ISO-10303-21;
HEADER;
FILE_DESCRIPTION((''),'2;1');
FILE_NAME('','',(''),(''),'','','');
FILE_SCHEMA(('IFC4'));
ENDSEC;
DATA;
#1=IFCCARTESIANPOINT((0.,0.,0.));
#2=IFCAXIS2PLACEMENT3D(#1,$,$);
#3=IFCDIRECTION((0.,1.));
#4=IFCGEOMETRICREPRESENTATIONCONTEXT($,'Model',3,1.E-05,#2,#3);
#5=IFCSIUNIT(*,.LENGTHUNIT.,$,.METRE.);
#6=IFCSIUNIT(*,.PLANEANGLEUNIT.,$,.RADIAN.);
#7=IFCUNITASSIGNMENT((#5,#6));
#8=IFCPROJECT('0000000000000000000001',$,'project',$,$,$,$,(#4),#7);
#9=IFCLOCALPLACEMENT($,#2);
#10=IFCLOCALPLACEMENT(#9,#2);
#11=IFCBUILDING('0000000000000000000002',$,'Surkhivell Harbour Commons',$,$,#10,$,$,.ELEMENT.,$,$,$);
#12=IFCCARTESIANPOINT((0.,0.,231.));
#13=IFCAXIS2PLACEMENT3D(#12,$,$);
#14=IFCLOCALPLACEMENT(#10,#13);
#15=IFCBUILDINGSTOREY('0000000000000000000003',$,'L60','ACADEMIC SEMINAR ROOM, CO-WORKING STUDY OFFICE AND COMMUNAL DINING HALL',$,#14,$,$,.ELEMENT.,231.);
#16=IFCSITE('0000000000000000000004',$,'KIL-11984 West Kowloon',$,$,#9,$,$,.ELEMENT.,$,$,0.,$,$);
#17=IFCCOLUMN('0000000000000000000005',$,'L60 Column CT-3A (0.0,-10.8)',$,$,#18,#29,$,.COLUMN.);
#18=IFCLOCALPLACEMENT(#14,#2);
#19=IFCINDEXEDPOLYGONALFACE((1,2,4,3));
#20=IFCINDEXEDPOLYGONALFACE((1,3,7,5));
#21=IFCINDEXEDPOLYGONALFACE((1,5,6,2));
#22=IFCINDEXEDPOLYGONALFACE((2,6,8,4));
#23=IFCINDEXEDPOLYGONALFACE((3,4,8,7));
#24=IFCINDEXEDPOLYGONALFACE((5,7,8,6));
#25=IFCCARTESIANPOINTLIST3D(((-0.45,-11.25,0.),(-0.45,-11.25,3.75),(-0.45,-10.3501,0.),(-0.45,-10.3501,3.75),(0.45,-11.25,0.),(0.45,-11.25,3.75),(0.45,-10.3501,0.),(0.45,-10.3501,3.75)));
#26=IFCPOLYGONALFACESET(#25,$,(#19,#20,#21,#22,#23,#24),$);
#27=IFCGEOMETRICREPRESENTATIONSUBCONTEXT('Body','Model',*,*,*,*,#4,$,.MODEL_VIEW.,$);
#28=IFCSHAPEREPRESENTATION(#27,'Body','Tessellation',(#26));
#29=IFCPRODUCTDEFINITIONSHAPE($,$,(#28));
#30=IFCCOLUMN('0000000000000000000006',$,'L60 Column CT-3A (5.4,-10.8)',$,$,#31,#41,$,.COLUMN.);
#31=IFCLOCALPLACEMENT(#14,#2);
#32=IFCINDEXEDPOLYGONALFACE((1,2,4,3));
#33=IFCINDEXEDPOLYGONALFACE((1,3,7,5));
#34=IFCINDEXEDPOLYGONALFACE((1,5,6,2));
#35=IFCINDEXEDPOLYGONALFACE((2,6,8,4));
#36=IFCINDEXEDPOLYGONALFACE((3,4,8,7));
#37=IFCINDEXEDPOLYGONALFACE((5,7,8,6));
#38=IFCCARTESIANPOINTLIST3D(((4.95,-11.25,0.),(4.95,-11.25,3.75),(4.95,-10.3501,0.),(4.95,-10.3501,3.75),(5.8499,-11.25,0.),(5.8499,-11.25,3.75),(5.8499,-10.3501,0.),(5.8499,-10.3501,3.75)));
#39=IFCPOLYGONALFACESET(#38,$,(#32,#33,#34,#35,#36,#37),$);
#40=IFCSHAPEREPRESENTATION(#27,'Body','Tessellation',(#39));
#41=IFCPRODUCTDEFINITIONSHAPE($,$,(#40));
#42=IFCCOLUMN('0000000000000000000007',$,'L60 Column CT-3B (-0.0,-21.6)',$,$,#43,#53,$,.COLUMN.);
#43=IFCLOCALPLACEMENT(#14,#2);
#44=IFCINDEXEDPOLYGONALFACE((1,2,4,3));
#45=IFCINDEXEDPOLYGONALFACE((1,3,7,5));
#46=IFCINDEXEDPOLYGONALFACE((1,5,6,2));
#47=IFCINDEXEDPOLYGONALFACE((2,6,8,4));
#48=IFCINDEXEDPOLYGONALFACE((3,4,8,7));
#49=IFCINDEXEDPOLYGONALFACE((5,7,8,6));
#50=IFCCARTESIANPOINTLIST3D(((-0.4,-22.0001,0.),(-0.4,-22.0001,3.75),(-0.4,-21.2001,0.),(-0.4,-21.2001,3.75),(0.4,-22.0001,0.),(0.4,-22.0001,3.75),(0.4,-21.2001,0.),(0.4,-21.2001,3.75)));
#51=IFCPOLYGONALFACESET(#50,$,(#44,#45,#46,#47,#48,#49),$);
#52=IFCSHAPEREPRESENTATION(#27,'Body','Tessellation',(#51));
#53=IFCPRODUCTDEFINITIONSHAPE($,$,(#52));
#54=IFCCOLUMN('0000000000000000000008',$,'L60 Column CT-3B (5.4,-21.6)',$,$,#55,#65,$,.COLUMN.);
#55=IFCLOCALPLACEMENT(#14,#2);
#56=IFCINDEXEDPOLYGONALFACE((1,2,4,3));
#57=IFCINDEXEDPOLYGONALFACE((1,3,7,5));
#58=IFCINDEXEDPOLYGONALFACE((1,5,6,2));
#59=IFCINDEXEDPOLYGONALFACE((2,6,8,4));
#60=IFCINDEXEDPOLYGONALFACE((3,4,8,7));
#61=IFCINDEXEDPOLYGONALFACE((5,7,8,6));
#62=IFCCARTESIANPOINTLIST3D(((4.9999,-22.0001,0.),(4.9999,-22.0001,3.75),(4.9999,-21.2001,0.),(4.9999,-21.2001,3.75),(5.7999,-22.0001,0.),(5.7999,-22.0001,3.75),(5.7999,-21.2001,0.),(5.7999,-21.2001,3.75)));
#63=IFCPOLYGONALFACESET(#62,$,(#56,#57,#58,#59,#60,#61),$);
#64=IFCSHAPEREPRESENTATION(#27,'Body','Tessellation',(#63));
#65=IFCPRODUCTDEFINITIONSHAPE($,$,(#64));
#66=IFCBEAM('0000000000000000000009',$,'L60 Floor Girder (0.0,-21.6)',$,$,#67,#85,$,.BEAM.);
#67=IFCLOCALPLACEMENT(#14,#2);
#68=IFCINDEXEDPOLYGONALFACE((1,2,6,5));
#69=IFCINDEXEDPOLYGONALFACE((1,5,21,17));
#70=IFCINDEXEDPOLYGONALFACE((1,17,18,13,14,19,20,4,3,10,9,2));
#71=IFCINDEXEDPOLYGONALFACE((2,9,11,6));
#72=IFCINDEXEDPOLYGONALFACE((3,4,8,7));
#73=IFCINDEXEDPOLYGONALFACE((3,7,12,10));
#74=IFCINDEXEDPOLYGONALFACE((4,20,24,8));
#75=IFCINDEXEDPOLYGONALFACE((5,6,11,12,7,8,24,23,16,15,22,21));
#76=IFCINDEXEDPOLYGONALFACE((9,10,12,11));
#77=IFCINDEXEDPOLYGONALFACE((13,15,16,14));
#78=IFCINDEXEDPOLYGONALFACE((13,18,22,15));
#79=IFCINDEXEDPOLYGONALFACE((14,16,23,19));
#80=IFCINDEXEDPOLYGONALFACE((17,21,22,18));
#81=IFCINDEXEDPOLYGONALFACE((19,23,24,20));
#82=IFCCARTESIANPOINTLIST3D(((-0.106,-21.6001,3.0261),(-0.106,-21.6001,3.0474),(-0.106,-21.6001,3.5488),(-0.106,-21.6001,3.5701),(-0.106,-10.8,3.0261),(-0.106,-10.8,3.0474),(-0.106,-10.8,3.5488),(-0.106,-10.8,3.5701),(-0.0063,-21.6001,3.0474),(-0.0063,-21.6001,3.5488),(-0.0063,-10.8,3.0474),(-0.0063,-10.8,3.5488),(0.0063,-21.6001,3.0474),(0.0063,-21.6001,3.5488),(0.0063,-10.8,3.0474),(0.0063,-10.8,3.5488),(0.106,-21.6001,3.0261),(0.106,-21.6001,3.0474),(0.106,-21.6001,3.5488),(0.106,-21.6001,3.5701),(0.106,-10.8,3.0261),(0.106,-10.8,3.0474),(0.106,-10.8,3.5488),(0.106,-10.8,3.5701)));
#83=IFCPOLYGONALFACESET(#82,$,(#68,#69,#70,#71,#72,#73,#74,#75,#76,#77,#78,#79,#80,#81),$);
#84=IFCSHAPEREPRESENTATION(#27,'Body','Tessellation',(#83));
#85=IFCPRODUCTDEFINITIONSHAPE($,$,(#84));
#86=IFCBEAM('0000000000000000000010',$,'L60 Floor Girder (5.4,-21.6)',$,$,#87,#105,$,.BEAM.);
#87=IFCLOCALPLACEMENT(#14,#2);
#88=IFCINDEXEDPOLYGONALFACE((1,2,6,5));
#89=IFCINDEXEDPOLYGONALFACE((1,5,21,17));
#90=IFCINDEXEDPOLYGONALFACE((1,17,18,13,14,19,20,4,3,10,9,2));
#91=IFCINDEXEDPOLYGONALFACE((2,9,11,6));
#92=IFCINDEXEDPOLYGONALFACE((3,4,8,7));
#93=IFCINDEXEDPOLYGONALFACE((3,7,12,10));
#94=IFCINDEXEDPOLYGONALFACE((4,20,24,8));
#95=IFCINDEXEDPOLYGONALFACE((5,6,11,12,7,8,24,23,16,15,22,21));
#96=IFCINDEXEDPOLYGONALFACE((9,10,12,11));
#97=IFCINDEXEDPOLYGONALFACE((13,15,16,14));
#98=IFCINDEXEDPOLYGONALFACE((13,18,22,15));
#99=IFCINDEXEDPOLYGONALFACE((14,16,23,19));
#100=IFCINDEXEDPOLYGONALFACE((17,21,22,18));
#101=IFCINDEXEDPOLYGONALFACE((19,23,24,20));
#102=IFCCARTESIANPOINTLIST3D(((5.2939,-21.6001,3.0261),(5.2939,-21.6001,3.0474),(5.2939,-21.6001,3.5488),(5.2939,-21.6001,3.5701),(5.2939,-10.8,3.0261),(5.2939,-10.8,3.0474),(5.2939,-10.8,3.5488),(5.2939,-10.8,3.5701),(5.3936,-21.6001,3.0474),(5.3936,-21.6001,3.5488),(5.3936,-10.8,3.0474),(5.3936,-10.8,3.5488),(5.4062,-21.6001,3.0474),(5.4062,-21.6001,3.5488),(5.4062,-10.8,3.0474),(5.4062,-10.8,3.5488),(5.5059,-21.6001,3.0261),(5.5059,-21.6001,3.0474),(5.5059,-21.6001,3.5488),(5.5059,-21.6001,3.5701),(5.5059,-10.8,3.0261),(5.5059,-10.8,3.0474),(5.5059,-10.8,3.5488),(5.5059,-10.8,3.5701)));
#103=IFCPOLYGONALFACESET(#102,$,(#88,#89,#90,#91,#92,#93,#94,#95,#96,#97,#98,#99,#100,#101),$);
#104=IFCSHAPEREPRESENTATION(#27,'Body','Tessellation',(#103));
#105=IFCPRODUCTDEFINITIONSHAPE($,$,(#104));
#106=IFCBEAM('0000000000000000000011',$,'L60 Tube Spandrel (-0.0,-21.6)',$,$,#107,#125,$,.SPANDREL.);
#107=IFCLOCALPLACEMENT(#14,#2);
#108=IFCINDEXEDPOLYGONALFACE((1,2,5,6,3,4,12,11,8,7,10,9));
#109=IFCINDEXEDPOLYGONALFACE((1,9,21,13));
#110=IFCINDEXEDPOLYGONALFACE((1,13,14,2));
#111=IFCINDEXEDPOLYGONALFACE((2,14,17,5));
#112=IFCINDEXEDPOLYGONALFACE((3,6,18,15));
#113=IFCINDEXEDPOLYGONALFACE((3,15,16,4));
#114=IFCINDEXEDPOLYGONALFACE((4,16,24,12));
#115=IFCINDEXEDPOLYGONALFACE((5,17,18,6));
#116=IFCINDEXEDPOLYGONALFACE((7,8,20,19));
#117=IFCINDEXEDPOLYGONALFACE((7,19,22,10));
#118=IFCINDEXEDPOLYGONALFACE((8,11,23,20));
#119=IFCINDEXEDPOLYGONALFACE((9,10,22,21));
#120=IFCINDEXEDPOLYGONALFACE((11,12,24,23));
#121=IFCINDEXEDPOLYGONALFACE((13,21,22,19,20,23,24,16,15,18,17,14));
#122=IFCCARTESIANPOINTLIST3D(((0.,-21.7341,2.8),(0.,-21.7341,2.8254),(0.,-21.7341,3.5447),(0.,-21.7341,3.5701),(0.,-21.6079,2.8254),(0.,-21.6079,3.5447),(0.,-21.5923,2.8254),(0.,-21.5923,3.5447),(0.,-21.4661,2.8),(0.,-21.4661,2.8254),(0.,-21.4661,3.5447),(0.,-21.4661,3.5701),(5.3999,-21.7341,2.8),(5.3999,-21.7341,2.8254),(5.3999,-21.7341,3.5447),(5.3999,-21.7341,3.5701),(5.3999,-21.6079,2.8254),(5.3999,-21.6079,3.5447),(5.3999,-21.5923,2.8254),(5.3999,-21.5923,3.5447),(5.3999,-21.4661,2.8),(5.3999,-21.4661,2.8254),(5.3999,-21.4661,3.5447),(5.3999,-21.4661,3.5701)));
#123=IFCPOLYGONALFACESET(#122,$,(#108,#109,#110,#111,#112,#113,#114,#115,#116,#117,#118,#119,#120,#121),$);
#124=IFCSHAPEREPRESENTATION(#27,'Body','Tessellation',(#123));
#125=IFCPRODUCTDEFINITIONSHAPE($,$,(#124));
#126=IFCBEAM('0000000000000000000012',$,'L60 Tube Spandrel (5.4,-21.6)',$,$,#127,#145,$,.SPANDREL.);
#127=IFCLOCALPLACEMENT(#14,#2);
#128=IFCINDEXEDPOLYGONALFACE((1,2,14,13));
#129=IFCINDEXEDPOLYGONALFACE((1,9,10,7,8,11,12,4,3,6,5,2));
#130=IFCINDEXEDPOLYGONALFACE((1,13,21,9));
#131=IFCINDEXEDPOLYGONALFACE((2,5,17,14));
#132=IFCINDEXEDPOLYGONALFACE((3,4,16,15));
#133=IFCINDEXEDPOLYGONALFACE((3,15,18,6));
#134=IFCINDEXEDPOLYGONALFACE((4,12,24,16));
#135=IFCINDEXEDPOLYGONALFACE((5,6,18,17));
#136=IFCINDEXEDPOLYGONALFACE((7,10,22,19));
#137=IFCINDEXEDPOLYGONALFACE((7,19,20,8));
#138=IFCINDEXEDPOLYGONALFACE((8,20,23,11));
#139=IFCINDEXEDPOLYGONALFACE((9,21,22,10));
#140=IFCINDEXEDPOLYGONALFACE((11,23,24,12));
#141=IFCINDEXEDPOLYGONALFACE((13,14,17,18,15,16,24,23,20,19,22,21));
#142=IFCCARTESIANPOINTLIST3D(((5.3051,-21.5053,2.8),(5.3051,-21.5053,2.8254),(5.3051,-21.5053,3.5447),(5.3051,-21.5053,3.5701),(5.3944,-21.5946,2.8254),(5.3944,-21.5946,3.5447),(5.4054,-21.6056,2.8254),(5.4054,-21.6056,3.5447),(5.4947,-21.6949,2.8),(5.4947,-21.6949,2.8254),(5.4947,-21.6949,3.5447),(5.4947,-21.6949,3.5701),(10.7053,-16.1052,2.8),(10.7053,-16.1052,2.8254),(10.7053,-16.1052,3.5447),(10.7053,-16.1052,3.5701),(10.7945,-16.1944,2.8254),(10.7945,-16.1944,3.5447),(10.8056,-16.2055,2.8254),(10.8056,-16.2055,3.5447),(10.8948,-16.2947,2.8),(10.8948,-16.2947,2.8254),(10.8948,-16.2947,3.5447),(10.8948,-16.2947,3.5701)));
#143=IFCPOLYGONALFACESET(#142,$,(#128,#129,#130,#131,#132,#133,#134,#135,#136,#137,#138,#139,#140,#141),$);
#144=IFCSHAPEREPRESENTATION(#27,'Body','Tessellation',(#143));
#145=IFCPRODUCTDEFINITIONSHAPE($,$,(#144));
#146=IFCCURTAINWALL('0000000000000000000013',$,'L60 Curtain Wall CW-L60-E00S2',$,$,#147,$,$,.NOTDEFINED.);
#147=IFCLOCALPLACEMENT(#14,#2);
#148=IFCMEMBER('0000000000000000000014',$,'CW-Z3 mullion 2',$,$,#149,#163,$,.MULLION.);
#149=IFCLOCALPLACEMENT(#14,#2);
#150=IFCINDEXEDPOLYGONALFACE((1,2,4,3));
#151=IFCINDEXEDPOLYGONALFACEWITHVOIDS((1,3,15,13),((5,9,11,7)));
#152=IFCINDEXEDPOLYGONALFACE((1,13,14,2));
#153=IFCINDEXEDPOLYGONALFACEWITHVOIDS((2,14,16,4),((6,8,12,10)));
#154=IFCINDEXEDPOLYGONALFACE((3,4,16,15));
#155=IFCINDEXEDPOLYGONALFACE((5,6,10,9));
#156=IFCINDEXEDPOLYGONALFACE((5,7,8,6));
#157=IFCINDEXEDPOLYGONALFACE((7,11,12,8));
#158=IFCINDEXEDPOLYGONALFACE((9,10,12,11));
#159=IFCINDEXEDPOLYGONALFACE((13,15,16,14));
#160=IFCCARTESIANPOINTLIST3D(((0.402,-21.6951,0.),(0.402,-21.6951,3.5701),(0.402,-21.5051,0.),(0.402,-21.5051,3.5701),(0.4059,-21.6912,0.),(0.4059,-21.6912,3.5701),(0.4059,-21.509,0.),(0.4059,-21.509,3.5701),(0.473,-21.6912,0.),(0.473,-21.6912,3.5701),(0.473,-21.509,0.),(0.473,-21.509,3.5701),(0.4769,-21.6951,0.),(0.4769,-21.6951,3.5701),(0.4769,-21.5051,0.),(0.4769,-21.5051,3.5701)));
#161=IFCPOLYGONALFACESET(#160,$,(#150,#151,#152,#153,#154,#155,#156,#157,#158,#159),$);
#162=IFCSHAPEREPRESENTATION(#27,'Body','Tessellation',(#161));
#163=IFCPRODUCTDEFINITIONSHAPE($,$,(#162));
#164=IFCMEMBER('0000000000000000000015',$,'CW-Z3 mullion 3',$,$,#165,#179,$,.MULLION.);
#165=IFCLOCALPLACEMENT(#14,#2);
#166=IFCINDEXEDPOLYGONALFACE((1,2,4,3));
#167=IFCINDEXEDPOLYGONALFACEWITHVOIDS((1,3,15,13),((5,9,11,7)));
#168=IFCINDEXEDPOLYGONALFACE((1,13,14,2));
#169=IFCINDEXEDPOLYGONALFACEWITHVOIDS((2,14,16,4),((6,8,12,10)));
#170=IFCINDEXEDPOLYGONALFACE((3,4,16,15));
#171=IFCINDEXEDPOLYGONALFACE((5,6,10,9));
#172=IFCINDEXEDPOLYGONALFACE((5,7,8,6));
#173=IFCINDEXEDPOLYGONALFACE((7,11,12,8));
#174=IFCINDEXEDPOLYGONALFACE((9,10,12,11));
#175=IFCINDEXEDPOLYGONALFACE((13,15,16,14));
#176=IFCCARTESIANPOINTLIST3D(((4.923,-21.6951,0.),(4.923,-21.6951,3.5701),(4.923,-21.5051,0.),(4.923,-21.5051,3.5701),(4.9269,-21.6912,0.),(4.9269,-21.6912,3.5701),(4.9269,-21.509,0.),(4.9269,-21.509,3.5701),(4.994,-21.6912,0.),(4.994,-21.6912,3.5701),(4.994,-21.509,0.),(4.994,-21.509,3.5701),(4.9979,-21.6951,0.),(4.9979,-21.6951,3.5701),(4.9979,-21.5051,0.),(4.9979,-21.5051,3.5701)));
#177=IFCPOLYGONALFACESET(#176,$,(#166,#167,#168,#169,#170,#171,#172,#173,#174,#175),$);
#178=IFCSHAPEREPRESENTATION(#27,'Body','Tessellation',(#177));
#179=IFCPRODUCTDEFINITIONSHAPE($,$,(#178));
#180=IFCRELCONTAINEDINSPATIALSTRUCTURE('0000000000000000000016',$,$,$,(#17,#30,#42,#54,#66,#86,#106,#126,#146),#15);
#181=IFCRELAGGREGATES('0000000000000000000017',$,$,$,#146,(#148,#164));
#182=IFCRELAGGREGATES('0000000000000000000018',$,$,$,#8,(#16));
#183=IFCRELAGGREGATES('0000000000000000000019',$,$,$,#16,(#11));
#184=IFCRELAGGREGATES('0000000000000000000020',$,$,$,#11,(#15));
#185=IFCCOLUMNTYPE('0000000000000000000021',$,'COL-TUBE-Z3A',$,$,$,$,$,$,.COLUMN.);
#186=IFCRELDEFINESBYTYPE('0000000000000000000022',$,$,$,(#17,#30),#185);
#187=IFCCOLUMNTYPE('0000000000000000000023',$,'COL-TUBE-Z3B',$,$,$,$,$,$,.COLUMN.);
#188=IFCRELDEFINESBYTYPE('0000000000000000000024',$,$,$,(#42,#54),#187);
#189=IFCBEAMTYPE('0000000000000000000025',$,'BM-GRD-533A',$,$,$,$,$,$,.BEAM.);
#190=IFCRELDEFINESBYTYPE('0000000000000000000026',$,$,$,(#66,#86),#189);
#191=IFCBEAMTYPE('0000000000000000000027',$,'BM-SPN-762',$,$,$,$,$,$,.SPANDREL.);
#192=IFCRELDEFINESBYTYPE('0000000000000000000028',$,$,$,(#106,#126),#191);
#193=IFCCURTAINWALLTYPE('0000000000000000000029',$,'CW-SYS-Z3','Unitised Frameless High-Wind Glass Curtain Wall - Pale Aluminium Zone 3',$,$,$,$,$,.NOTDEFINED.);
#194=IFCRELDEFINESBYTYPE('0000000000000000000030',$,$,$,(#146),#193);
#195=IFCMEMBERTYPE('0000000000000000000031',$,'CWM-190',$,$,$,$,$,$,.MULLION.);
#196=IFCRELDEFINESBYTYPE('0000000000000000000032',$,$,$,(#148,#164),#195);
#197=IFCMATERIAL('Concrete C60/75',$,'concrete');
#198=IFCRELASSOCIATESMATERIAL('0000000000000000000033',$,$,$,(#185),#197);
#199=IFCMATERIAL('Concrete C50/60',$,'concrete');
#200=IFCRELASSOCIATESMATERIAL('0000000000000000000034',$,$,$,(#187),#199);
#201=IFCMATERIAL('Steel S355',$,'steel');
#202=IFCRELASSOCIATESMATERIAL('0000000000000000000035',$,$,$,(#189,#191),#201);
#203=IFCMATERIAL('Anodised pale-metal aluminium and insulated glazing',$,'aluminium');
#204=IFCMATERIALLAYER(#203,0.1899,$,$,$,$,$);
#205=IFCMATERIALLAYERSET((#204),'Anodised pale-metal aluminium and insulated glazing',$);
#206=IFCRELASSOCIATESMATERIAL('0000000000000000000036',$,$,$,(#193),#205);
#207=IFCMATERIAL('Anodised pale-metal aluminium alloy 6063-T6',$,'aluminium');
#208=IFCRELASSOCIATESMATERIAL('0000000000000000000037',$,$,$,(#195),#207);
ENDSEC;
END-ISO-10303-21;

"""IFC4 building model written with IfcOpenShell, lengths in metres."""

from ifc_helpers import new_model, si_unit, direction, frame, origin, origin_2d, place, context, subcontext, project, spatial, rectangle, hollow_rectangle, i_section, extrude, material, layer, layer_set, material_profile, profile_set, type_object, element, aggregate, save


model = new_model("IFC4")

# Units and contexts
model_context = context("Model", 3, precision=1e-05, world=origin(), true_north=direction((0.0, 1.0)))
body_context = subcontext(model_context, "Body", "Model", "MODEL_VIEW")
ifc_project = project(units=[si_unit("LENGTHUNIT", "METRE"), si_unit("PLANEANGLEUNIT", "RADIAN")], contexts=[model_context])

# Site, building, storey
site_placement = place(None, origin())
site = spatial("IfcSite", under=ifc_project, at=site_placement, Name="KIL-11984 West Kowloon", CompositionType="ELEMENT", RefElevation=0.0)
building_placement = place(site_placement, origin())
building = spatial("IfcBuilding", under=site, at=building_placement, Name="Surkhivell Harbour Commons", CompositionType="ELEMENT")
storey_placement = place(building_placement, frame((0.0, 0.0, 231.0)))
storey = spatial("IfcBuildingStorey", under=building, at=storey_placement, Name="L60", Description="ACADEMIC SEMINAR ROOM, CO-WORKING STUDY OFFICE AND COMMUNAL DINING HALL", CompositionType="ELEMENT", Elevation=231.0)

# Columns
ifc_material_1 = material(Name="Concrete C60/75", Category="concrete")
ifc_material_profile_1 = material_profile(ifc_material_1, rectangle(XDim=0.8999, YDim=0.8999, at=origin_2d()), Name="RC-COL-900x900")
ifc_profile_set_1 = profile_set([ifc_material_profile_1], Name="Concrete C60/75")
column_type_1 = type_object("IfcColumnType", Name="COL-TUBE-Z3A", PredefinedType="COLUMN", material=ifc_profile_set_1)
for number, where, z_axis, x_axis, name in (
    (1, (0.0, -10.8, 0.0), (0.0, 0.0, 1.0), (1.0, 0.0, 0.0), "L60 Column CT-3A (0.0,-10.8)"),
    (2, (5.3999, -10.8, 0.0), (0.0, 0.0, 1.0), (1.0, 0.0, 0.0), "L60 Column CT-3A (5.4,-10.8)"),
):
    element("IfcColumn", number, at=place(storey_placement, frame(where, z_axis=z_axis, x_axis=x_axis)), inside=storey, type_object=column_type_1, Name=name, PredefinedType="COLUMN", context=body_context, shape_type="SweptSolid", body=[
        extrude(rectangle(XDim=0.8999, YDim=0.8999, at=origin_2d()), origin(), (0.0, 0.0, 1.0), 3.75),
    ])
ifc_material_2 = material(Name="Concrete C50/60", Category="concrete")
ifc_material_profile_2 = material_profile(ifc_material_2, rectangle(XDim=0.8, YDim=0.8, at=origin_2d()), Name="RC-COL-800x800")
ifc_profile_set_2 = profile_set([ifc_material_profile_2], Name="Concrete C50/60")
column_type_2 = type_object("IfcColumnType", Name="COL-TUBE-Z3B", PredefinedType="COLUMN", material=ifc_profile_set_2)
for number, where, z_axis, x_axis, name in (
    (3, (0.0, -21.6001, 0.0), (0.0, 0.0, 1.0), (1.0, 0.0, 0.0), "L60 Column CT-3B (-0.0,-21.6)"),
    (4, (5.3999, -21.6001, 0.0), (0.0, 0.0, 1.0), (1.0, 0.0, 0.0), "L60 Column CT-3B (5.4,-21.6)"),
):
    element("IfcColumn", number, at=place(storey_placement, frame(where, z_axis=z_axis, x_axis=x_axis)), inside=storey, type_object=column_type_2, Name=name, PredefinedType="COLUMN", context=body_context, shape_type="SweptSolid", body=[
        extrude(rectangle(XDim=0.8, YDim=0.8, at=origin_2d()), origin(), (0.0, 0.0, 1.0), 3.75),
    ])

# Beams
ifc_material_3 = material(Name="Steel S355", Category="steel")
ifc_material_profile_3 = material_profile(ifc_material_3, i_section(OverallWidth=0.2119, OverallDepth=0.5439, WebThickness=0.0127, FlangeThickness=0.0212, at=origin_2d()), Name="UB533x210x122")
ifc_profile_set_3 = profile_set([ifc_material_profile_3], Name="Steel S355")
beam_type_1 = type_object("IfcBeamType", Name="BM-GRD-533A", PredefinedType="BEAM", material=ifc_profile_set_3)
for number, where, z_axis, x_axis, name in (
    (5, (0.0, -21.6001, 3.2981), (0.0, 1.0, 0.0), (-1.0, 0.0, 0.0), "L60 Floor Girder (0.0,-21.6)"),
    (6, (5.3999, -21.6001, 3.2981), (0.0, 1.0, 0.0), (-1.0, 0.0, 0.0), "L60 Floor Girder (5.4,-21.6)"),
):
    element("IfcBeam", number, at=place(storey_placement, frame(where, z_axis=z_axis, x_axis=x_axis)), inside=storey, type_object=beam_type_1, Name=name, PredefinedType="BEAM", context=body_context, shape_type="SweptSolid", body=[
        extrude(i_section(OverallWidth=0.2119, OverallDepth=0.5439, WebThickness=0.0127, FlangeThickness=0.0212, at=origin_2d()), origin(), (0.0, 0.0, 1.0), 10.8),
    ])
ifc_material_profile_4 = material_profile(ifc_material_3, i_section(OverallWidth=0.2681, OverallDepth=0.77, WebThickness=0.0156, FlangeThickness=0.0254, at=origin_2d()), Name="UB762x267x197")
ifc_profile_set_4 = profile_set([ifc_material_profile_4], Name="Steel S355")
beam_type_2 = type_object("IfcBeamType", Name="BM-SPN-762", PredefinedType="SPANDREL", material=ifc_profile_set_4)
beam_1_placement = place(storey_placement, frame((0.0, -21.6001, 3.1851), z_axis=(1.0, 0.0, 0.0), x_axis=(0.0, 1.0, 0.0)))
element("IfcBeam", 7, at=beam_1_placement, inside=storey, type_object=beam_type_2, Name="L60 Tube Spandrel (-0.0,-21.6)", PredefinedType="SPANDREL", context=body_context, shape_type="SweptSolid", body=[
    extrude(i_section(OverallWidth=0.2681, OverallDepth=0.77, WebThickness=0.0156, FlangeThickness=0.0254, at=origin_2d()), origin(), (0.0, 0.0, 1.0), 5.3999),
])
beam_2_placement = place(storey_placement, frame((5.3999, -21.6001, 3.1851), z_axis=(0.707107, 0.707107, 0.0), x_axis=(-0.707107, 0.707107, 0.0)))
element("IfcBeam", 8, at=beam_2_placement, inside=storey, type_object=beam_type_2, Name="L60 Tube Spandrel (5.4,-21.6)", PredefinedType="SPANDREL", context=body_context, shape_type="SweptSolid", body=[
    extrude(i_section(OverallWidth=0.2681, OverallDepth=0.77, WebThickness=0.0156, FlangeThickness=0.0254, at=origin_2d()), origin(), (0.0, 0.0, 1.0), 7.637),
])

# Curtain wall, members
ifc_material_4 = material(Name="Anodised pale-metal aluminium and insulated glazing", Category="aluminium")
ifc_layer_1 = layer(ifc_material_4, 0.1899)
ifc_layer_set_1 = layer_set([ifc_layer_1], Name="Anodised pale-metal aluminium and insulated glazing")
curtain_wall_type = type_object("IfcCurtainWallType", Name="CW-SYS-Z3", Description="Unitised Frameless High-Wind Glass Curtain Wall - Pale Aluminium Zone 3", PredefinedType="NOTDEFINED", material=ifc_layer_set_1)
curtain_wall_placement = place(storey_placement, origin())
curtain_wall = element("IfcCurtainWall", 9, at=curtain_wall_placement, inside=storey, type_object=curtain_wall_type, Name="L60 Curtain Wall CW-L60-E00S2", PredefinedType="NOTDEFINED")
ifc_material_5 = material(Name="Anodised pale-metal aluminium alloy 6063-T6", Category="aluminium")
ifc_material_profile_5 = material_profile(ifc_material_5, hollow_rectangle(XDim=0.075, YDim=0.1899, WallThickness=0.0039, at=origin_2d()), Name="ALU-MULL-75x190")
ifc_profile_set_5 = profile_set([ifc_material_profile_5], Name="Anodised pale-metal aluminium alloy 6063-T6")
member_type_1 = type_object("IfcMemberType", Name="CWM-190", PredefinedType="MULLION", material=ifc_profile_set_5)
member_1_placement = place(storey_placement, frame((0.4395, -21.6001, 0.0), z_axis=(0.0, 0.0, 1.0), x_axis=(1.0, 0.0, 0.0)))
member_1 = element("IfcMember", 10, at=member_1_placement, type_object=member_type_1, Name="CW-Z3 mullion 2", PredefinedType="MULLION", context=body_context, shape_type="SweptSolid", body=[
    extrude(hollow_rectangle(XDim=0.075, YDim=0.1899, WallThickness=0.0039, at=origin_2d()), origin(), (0.0, 0.0, 1.0), 3.5701),
])
member_2_placement = place(storey_placement, frame((4.9604, -21.6001, 0.0), z_axis=(0.0, 0.0, 1.0), x_axis=(1.0, 0.0, 0.0)))
member_2 = element("IfcMember", 11, at=member_2_placement, type_object=member_type_1, Name="CW-Z3 mullion 3", PredefinedType="MULLION", context=body_context, shape_type="SweptSolid", body=[
    extrude(hollow_rectangle(XDim=0.075, YDim=0.1899, WallThickness=0.0039, at=origin_2d()), origin(), (0.0, 0.0, 1.0), 3.5701),
])
aggregate(curtain_wall, [member_1, member_2])

save(model, "model.ifc")
